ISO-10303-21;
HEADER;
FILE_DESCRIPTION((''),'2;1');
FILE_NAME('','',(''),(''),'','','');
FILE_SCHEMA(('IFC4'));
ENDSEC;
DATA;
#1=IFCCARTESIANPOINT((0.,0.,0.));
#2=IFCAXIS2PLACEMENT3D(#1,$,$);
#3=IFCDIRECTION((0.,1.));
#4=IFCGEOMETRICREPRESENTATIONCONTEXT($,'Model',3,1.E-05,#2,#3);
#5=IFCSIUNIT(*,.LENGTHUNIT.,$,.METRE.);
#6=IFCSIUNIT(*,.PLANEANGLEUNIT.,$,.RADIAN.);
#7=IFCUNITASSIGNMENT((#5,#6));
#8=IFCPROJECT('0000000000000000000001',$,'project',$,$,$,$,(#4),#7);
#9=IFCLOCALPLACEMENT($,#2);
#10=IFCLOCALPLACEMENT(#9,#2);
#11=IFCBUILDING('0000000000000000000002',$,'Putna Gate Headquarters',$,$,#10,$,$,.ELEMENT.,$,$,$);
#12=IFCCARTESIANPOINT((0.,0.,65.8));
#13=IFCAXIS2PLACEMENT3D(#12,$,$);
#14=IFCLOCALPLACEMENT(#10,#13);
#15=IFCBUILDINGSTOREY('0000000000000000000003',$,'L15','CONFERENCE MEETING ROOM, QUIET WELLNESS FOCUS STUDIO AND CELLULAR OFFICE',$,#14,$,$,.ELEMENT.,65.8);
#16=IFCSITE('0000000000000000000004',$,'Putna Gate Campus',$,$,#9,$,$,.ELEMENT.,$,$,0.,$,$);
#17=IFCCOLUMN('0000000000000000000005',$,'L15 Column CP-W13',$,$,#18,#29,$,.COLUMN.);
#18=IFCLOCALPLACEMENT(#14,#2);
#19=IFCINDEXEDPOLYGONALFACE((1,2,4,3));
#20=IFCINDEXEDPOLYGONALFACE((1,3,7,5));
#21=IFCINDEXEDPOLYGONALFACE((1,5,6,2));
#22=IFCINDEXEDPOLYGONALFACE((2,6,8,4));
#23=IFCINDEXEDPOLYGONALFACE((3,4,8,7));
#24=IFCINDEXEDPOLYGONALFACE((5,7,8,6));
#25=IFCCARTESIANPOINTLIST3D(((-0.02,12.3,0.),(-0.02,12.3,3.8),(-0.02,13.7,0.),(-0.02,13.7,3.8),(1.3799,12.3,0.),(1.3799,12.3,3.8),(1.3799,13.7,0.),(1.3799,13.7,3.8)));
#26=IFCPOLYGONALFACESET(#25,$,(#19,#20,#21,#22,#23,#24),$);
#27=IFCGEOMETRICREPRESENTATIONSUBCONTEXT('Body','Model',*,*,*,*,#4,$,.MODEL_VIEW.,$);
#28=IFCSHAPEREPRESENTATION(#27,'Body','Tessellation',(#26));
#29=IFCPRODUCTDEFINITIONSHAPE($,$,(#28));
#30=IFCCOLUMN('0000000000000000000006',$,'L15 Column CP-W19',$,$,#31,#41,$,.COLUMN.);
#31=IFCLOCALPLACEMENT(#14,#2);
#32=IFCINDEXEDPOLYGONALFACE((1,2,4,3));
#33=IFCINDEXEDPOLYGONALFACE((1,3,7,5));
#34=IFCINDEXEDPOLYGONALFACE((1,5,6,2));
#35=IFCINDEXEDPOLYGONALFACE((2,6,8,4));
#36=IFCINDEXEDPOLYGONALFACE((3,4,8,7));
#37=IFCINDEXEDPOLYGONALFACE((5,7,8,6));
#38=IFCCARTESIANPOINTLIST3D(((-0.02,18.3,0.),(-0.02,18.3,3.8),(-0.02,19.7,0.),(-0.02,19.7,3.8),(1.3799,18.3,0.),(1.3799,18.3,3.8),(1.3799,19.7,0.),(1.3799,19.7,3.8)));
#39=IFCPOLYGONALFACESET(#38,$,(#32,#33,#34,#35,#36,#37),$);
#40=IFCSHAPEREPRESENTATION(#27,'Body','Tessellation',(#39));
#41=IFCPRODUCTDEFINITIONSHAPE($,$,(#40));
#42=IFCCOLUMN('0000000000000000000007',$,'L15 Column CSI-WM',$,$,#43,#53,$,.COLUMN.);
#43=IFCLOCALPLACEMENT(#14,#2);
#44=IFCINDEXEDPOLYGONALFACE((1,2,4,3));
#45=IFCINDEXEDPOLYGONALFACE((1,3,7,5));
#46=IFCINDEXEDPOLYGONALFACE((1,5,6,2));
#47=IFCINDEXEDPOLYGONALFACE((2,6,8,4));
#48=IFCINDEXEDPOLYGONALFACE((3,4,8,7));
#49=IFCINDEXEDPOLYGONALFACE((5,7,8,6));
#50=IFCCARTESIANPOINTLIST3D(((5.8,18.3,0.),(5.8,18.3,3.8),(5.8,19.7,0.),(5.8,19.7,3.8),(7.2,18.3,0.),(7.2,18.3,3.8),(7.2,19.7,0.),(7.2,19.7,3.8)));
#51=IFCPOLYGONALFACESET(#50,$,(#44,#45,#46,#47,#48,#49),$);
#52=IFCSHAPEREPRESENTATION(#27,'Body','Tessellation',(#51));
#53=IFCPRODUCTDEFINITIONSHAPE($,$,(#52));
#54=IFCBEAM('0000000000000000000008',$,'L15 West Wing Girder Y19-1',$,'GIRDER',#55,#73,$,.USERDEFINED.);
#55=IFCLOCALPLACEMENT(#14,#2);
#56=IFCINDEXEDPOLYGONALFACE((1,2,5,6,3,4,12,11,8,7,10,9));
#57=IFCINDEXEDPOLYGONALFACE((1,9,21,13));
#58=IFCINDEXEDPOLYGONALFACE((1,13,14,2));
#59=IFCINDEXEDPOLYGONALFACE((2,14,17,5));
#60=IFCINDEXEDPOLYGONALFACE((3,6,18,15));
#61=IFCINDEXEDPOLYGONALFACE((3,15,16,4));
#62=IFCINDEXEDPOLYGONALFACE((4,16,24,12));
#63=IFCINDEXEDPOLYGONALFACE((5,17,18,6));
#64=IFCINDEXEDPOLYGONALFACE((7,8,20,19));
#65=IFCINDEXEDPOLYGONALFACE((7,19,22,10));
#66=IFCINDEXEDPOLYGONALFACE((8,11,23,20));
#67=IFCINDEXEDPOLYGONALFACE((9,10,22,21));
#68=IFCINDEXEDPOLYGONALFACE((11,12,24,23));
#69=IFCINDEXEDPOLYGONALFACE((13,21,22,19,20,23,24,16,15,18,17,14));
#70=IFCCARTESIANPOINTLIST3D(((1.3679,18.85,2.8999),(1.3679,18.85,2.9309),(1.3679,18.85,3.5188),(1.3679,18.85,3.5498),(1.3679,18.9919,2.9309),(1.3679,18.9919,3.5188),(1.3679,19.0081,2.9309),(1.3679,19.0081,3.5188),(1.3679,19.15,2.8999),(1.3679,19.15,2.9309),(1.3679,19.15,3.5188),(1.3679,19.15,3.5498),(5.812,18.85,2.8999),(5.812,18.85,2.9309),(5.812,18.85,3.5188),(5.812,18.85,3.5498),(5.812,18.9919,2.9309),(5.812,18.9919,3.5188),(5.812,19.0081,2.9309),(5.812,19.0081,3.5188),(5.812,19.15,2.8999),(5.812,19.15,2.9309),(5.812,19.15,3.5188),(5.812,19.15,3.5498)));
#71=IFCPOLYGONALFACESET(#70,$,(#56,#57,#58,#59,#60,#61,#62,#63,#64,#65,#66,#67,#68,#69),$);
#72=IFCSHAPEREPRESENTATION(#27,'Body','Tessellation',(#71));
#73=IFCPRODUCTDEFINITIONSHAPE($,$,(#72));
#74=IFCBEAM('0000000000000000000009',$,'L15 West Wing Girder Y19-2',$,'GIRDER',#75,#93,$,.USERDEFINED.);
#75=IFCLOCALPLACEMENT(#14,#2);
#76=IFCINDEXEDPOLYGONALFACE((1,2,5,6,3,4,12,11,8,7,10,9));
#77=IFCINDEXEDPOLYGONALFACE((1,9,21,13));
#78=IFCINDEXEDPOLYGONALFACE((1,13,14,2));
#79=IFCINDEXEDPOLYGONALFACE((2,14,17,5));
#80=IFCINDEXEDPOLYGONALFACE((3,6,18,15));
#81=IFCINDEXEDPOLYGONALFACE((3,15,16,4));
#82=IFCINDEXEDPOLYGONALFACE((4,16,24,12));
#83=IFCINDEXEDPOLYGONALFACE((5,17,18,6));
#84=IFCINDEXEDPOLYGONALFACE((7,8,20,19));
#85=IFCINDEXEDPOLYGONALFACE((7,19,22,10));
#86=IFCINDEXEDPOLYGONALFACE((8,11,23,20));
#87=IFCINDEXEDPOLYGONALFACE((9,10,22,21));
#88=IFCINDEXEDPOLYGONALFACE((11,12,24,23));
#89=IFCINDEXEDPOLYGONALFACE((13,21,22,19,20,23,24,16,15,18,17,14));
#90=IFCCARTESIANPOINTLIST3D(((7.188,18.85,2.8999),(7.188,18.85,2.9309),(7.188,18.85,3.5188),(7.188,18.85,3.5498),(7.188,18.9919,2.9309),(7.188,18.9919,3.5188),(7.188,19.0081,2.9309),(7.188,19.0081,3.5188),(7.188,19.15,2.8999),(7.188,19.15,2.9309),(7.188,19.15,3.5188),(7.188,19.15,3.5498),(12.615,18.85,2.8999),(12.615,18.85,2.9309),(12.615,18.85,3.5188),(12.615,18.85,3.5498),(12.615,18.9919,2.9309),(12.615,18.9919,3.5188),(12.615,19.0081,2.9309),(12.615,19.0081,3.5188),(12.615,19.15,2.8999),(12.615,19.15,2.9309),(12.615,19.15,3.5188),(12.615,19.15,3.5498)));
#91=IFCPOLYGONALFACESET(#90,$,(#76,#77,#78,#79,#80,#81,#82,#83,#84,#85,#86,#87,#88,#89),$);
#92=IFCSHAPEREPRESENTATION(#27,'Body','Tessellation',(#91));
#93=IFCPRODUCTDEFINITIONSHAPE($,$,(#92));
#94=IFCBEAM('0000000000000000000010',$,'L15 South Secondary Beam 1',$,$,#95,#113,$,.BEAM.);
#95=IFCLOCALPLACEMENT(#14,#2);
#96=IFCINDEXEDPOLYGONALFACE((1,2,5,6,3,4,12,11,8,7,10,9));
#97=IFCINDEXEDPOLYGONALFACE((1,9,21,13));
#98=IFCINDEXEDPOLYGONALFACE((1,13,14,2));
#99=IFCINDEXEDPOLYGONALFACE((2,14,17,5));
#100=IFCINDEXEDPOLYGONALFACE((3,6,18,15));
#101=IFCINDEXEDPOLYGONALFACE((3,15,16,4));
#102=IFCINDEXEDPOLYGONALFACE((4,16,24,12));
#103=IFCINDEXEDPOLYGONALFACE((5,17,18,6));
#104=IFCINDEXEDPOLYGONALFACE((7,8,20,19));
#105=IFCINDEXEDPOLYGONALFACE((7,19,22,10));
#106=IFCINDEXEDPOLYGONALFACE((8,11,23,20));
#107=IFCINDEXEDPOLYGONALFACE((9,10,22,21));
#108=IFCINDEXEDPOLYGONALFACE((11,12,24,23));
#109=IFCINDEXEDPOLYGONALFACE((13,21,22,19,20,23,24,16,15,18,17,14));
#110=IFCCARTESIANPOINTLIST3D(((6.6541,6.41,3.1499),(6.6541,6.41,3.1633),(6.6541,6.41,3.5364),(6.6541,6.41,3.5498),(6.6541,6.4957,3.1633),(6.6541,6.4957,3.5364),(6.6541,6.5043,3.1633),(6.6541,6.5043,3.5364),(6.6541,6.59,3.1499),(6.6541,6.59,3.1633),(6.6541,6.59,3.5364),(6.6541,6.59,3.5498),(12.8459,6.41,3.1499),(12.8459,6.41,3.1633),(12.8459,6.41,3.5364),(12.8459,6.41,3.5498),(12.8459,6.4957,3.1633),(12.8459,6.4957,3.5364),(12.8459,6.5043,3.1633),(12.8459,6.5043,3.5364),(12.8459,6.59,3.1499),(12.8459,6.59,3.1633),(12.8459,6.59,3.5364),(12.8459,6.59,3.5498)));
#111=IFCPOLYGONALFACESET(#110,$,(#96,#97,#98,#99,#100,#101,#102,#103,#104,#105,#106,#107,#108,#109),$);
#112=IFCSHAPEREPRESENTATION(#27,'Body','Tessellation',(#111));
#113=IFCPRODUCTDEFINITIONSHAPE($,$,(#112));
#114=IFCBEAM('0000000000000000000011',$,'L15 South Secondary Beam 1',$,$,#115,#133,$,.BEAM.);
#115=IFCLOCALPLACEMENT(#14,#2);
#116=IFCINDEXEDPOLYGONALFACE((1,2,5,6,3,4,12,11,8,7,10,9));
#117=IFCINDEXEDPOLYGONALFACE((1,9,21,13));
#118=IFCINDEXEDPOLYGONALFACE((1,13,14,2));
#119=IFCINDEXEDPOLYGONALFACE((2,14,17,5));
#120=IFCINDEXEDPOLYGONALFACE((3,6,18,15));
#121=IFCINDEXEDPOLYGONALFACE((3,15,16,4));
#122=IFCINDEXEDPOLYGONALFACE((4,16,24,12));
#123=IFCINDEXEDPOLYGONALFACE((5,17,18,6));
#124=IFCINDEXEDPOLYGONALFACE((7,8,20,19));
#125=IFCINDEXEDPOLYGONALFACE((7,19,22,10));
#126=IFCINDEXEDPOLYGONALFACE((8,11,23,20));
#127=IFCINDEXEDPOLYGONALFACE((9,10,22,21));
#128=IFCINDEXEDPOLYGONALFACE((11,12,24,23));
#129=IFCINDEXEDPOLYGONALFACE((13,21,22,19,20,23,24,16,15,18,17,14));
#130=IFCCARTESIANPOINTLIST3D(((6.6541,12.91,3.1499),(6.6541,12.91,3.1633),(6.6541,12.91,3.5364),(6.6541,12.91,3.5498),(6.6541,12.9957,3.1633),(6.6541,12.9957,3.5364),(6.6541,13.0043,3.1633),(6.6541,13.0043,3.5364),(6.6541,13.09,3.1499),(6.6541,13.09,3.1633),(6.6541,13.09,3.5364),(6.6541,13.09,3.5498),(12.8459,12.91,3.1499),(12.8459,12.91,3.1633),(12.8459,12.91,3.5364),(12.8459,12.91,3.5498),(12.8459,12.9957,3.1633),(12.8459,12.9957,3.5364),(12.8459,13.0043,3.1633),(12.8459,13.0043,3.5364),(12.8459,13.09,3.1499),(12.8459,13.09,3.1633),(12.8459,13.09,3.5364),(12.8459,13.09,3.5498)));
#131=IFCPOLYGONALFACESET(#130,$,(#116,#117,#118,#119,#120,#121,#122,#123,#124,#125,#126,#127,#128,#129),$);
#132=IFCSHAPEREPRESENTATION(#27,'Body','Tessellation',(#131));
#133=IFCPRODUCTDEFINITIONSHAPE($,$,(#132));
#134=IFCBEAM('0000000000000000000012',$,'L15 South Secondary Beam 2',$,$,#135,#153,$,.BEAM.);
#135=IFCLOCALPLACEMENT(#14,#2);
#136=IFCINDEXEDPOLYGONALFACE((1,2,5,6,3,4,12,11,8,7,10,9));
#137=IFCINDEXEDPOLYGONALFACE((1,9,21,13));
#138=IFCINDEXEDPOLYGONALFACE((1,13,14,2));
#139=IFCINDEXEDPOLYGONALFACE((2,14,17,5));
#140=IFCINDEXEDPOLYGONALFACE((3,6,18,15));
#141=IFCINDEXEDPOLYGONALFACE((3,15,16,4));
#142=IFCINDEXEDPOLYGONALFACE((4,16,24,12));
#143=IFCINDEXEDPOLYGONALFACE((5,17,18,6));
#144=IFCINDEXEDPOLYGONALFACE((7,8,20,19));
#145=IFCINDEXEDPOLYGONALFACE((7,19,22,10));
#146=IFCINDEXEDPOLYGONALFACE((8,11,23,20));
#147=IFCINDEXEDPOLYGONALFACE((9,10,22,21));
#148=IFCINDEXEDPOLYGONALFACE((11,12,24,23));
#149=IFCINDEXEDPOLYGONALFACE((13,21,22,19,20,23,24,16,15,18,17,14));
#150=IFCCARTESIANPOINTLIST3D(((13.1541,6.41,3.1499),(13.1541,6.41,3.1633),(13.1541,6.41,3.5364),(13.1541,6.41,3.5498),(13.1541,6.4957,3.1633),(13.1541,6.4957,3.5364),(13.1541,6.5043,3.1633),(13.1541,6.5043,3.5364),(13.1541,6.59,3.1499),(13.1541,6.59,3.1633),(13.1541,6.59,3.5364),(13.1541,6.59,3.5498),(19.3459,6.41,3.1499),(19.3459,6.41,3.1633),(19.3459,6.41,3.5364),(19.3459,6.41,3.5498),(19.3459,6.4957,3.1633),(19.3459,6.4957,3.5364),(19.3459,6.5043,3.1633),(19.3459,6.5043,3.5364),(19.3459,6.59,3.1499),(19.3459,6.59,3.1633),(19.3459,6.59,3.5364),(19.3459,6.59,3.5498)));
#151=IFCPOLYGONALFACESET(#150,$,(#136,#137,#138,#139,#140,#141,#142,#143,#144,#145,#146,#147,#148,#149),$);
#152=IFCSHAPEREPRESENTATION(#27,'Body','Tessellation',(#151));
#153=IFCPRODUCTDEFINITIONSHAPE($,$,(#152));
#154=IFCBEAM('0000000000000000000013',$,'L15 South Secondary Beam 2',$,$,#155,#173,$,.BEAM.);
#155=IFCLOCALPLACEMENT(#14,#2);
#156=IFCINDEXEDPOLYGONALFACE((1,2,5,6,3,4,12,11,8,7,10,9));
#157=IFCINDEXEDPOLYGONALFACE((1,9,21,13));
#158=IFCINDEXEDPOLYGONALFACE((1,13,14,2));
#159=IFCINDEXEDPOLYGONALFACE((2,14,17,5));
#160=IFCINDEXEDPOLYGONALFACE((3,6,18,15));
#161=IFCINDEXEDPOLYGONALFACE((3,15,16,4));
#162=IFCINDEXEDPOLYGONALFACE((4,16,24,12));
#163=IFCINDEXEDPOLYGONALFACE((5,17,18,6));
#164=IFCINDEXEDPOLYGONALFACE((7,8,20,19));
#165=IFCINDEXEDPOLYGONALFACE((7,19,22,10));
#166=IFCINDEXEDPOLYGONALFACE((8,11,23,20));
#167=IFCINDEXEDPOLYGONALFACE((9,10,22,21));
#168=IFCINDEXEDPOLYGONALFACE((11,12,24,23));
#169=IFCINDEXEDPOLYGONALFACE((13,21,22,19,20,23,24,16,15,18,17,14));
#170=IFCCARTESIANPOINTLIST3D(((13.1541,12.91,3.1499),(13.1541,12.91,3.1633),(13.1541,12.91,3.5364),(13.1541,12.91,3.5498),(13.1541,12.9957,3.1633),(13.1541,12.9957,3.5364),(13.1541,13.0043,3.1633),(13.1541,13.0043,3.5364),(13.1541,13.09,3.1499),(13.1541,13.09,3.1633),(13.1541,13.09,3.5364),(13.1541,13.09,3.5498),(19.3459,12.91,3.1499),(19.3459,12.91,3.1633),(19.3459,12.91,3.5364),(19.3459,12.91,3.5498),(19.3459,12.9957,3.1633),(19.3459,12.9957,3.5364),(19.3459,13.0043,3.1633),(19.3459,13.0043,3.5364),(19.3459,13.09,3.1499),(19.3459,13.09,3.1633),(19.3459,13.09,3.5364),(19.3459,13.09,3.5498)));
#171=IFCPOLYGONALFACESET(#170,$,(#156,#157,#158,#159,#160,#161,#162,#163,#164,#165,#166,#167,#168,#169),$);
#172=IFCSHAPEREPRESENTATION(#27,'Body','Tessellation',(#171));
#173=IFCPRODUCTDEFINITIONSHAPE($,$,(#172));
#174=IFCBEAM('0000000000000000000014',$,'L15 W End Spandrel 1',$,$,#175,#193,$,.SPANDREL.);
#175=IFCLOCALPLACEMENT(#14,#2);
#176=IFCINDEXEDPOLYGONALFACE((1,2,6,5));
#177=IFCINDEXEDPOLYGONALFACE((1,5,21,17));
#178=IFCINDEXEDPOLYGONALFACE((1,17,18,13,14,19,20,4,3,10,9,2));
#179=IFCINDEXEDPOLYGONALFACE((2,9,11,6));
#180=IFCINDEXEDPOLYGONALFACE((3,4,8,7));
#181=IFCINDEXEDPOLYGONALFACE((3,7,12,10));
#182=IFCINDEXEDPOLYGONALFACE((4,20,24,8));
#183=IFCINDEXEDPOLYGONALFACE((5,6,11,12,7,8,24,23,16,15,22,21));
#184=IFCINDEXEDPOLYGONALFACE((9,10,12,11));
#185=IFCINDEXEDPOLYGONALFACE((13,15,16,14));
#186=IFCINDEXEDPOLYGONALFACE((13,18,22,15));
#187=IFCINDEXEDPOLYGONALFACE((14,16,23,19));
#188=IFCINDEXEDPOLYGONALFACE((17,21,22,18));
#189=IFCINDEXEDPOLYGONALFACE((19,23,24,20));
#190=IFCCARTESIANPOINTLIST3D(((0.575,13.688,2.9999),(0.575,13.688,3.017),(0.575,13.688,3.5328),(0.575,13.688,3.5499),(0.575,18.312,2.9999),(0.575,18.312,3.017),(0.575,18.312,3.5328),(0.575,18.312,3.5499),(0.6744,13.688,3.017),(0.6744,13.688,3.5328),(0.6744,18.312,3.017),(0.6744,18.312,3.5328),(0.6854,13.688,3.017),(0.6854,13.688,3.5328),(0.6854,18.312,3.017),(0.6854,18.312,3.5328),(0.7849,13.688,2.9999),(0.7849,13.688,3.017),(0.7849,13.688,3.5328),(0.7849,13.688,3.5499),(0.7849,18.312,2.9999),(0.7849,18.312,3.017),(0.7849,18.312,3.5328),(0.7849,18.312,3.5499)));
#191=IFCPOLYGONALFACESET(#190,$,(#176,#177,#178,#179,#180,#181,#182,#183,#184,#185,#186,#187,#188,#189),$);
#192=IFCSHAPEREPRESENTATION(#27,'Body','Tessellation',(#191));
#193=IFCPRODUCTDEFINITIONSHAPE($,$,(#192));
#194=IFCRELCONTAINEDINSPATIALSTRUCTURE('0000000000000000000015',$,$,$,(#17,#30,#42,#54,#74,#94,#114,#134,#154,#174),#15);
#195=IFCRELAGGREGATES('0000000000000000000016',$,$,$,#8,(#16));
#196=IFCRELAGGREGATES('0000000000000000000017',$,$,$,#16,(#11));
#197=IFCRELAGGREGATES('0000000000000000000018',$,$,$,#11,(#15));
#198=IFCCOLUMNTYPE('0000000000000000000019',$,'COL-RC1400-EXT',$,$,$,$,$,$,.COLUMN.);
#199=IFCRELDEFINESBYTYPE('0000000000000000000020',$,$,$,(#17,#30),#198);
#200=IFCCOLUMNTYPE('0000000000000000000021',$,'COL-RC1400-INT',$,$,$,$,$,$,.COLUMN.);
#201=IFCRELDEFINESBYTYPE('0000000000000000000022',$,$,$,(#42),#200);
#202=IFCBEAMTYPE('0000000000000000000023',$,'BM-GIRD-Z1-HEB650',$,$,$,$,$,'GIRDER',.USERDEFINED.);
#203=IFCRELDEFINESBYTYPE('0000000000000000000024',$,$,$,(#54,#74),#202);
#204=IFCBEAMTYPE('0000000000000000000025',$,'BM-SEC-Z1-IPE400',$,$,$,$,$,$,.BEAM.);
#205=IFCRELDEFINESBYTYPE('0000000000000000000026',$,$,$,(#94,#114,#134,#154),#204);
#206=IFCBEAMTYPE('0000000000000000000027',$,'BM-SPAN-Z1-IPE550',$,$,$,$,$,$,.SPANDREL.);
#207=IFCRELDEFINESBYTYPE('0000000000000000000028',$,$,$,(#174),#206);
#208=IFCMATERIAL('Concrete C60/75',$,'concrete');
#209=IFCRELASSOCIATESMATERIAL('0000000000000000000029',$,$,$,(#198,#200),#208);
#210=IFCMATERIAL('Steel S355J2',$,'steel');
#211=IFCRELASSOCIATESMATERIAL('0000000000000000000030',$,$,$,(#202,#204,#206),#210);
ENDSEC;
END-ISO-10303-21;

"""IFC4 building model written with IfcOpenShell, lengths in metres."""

from ifc_helpers import new_model, si_unit, direction, frame, origin, origin_2d, place, context, subcontext, project, spatial, rectangle, i_section, extrude, material, material_profile, profile_set, type_object, element, save


model = new_model("IFC4")

# Units and contexts
model_context = context("Model", 3, precision=1e-05, world=origin(), true_north=direction((0.0, 1.0)))
body_context = subcontext(model_context, "Body", "Model", "MODEL_VIEW")
ifc_project = project(units=[si_unit("LENGTHUNIT", "METRE"), si_unit("PLANEANGLEUNIT", "RADIAN")], contexts=[model_context])

# Site, building, storey
site_placement = place(None, origin())
site = spatial("IfcSite", under=ifc_project, at=site_placement, Name="Putna Gate Campus", CompositionType="ELEMENT", RefElevation=0.0)
building_placement = place(site_placement, origin())
building = spatial("IfcBuilding", under=site, at=building_placement, Name="Putna Gate Headquarters", CompositionType="ELEMENT")
storey_placement = place(building_placement, frame((0.0, 0.0, 65.8)))
storey = spatial("IfcBuildingStorey", under=building, at=storey_placement, Name="L15", Description="CONFERENCE MEETING ROOM, QUIET WELLNESS FOCUS STUDIO AND CELLULAR OFFICE", CompositionType="ELEMENT", Elevation=65.8)

# Columns
ifc_material_1 = material(Name="Concrete C60/75", Category="concrete")
ifc_material_profile_1 = material_profile(ifc_material_1, rectangle(XDim=1.3999, YDim=1.3999, at=origin_2d()), Name="Concrete C60/75")
ifc_profile_set_1 = profile_set([ifc_material_profile_1], Name="Concrete C60/75")
column_type_1 = type_object("IfcColumnType", Name="COL-RC1400-EXT", PredefinedType="COLUMN", material=ifc_profile_set_1)
for number, where, z_axis, x_axis, name in (
    (1, (0.6799, 13.0, 0.0), (0.0, 0.0, 1.0), (1.0, 0.0, 0.0), "L15 Column CP-W13"),
    (2, (0.6799, 19.0, 0.0), (0.0, 0.0, 1.0), (1.0, 0.0, 0.0), "L15 Column CP-W19"),
):
    element("IfcColumn", number, at=place(storey_placement, frame(where, z_axis=z_axis, x_axis=x_axis)), inside=storey, type_object=column_type_1, Name=name, PredefinedType="COLUMN", context=body_context, shape_type="SweptSolid", body=[
        extrude(rectangle(XDim=1.3999, YDim=1.3999, at=origin_2d()), origin(), (0.0, 0.0, 1.0), 3.8),
    ])
ifc_material_profile_2 = material_profile(ifc_material_1, rectangle(XDim=1.3999, YDim=1.3999, at=origin_2d()), Name="Concrete C60/75")
ifc_profile_set_2 = profile_set([ifc_material_profile_2], Name="Concrete C60/75")
column_type_2 = type_object("IfcColumnType", Name="COL-RC1400-INT", PredefinedType="COLUMN", material=ifc_profile_set_2)
column_placement = place(storey_placement, frame((6.5, 19.0, 0.0), z_axis=(0.0, 0.0, 1.0), x_axis=(1.0, 0.0, 0.0)))
element("IfcColumn", 3, at=column_placement, inside=storey, type_object=column_type_2, Name="L15 Column CSI-WM", PredefinedType="COLUMN", context=body_context, shape_type="SweptSolid", body=[
    extrude(rectangle(XDim=1.3999, YDim=1.3999, at=origin_2d()), origin(), (0.0, 0.0, 1.0), 3.8),
])

# Beams
ifc_material_2 = material(Name="Steel S355J2", Category="steel")
ifc_material_profile_3 = material_profile(ifc_material_2, i_section(OverallWidth=0.3, OverallDepth=0.6499, WebThickness=0.0161, FlangeThickness=0.031, at=origin_2d()), Name="Steel S355J2")
ifc_profile_set_3 = profile_set([ifc_material_profile_3], Name="Steel S355J2")
beam_type_1 = type_object("IfcBeamType", Name="BM-GIRD-Z1-HEB650", ElementType="GIRDER", PredefinedType="USERDEFINED", material=ifc_profile_set_3)
beam_1_placement = place(storey_placement, frame((1.3679, 19.0, 3.2249), z_axis=(1.0, 0.0, 0.0), x_axis=(0.0, 1.0, 0.0)))
element("IfcBeam", 4, at=beam_1_placement, inside=storey, type_object=beam_type_1, Name="L15 West Wing Girder Y19-1", ObjectType="GIRDER", PredefinedType="USERDEFINED", context=body_context, shape_type="SweptSolid", body=[
    extrude(i_section(OverallWidth=0.3, OverallDepth=0.6499, WebThickness=0.0161, FlangeThickness=0.031, at=origin_2d()), origin(), (0.0, 0.0, 1.0), 4.4441),
])
beam_2_placement = place(storey_placement, frame((7.188, 19.0, 3.2249), z_axis=(1.0, 0.0, 0.0), x_axis=(0.0, 1.0, 0.0)))
element("IfcBeam", 5, at=beam_2_placement, inside=storey, type_object=beam_type_1, Name="L15 West Wing Girder Y19-2", ObjectType="GIRDER", PredefinedType="USERDEFINED", context=body_context, shape_type="SweptSolid", body=[
    extrude(i_section(OverallWidth=0.3, OverallDepth=0.6499, WebThickness=0.0161, FlangeThickness=0.031, at=origin_2d()), origin(), (0.0, 0.0, 1.0), 5.427),
])
ifc_material_profile_4 = material_profile(ifc_material_2, i_section(OverallWidth=0.1799, OverallDepth=0.3999, WebThickness=0.0085, FlangeThickness=0.0134, at=origin_2d()), Name="Steel S355J2")
ifc_profile_set_4 = profile_set([ifc_material_profile_4], Name="Steel S355J2")
beam_type_2 = type_object("IfcBeamType", Name="BM-SEC-Z1-IPE400", PredefinedType="BEAM", material=ifc_profile_set_4)
for number, where, z_axis, x_axis, name in (
    (6, (6.6541, 6.5, 3.3499), (1.0, 0.0, 0.0), (0.0, 1.0, 0.0), "L15 South Secondary Beam 1"),
    (7, (6.6541, 13.0, 3.3499), (1.0, 0.0, 0.0), (0.0, 1.0, 0.0), "L15 South Secondary Beam 1"),
    (8, (13.1541, 6.5, 3.3499), (1.0, 0.0, 0.0), (0.0, 1.0, 0.0), "L15 South Secondary Beam 2"),
    (9, (13.1541, 13.0, 3.3499), (1.0, 0.0, 0.0), (0.0, 1.0, 0.0), "L15 South Secondary Beam 2"),
):
    element("IfcBeam", number, at=place(storey_placement, frame(where, z_axis=z_axis, x_axis=x_axis)), inside=storey, type_object=beam_type_2, Name=name, PredefinedType="BEAM", context=body_context, shape_type="SweptSolid", body=[
        extrude(i_section(OverallWidth=0.1799, OverallDepth=0.3999, WebThickness=0.0085, FlangeThickness=0.0134, at=origin_2d()), origin(), (0.0, 0.0, 1.0), 6.1919),
    ])
ifc_material_profile_5 = material_profile(ifc_material_2, i_section(OverallWidth=0.21, OverallDepth=0.55, WebThickness=0.011, FlangeThickness=0.0171, at=origin_2d()), Name="Steel S355J2")
ifc_profile_set_5 = profile_set([ifc_material_profile_5], Name="Steel S355J2")
beam_type_3 = type_object("IfcBeamType", Name="BM-SPAN-Z1-IPE550", PredefinedType="SPANDREL", material=ifc_profile_set_5)
beam_3_placement = place(storey_placement, frame((0.6799, 13.688, 3.2749), z_axis=(0.0, 1.0, 0.0), x_axis=(-1.0, 0.0, 0.0)))
element("IfcBeam", 10, at=beam_3_placement, inside=storey, type_object=beam_type_3, Name="L15 W End Spandrel 1", PredefinedType="SPANDREL", context=body_context, shape_type="SweptSolid", body=[
    extrude(i_section(OverallWidth=0.21, OverallDepth=0.55, WebThickness=0.011, FlangeThickness=0.0171, at=origin_2d()), origin(), (0.0, 0.0, 1.0), 4.624),
])

save(model, "model.ifc")
